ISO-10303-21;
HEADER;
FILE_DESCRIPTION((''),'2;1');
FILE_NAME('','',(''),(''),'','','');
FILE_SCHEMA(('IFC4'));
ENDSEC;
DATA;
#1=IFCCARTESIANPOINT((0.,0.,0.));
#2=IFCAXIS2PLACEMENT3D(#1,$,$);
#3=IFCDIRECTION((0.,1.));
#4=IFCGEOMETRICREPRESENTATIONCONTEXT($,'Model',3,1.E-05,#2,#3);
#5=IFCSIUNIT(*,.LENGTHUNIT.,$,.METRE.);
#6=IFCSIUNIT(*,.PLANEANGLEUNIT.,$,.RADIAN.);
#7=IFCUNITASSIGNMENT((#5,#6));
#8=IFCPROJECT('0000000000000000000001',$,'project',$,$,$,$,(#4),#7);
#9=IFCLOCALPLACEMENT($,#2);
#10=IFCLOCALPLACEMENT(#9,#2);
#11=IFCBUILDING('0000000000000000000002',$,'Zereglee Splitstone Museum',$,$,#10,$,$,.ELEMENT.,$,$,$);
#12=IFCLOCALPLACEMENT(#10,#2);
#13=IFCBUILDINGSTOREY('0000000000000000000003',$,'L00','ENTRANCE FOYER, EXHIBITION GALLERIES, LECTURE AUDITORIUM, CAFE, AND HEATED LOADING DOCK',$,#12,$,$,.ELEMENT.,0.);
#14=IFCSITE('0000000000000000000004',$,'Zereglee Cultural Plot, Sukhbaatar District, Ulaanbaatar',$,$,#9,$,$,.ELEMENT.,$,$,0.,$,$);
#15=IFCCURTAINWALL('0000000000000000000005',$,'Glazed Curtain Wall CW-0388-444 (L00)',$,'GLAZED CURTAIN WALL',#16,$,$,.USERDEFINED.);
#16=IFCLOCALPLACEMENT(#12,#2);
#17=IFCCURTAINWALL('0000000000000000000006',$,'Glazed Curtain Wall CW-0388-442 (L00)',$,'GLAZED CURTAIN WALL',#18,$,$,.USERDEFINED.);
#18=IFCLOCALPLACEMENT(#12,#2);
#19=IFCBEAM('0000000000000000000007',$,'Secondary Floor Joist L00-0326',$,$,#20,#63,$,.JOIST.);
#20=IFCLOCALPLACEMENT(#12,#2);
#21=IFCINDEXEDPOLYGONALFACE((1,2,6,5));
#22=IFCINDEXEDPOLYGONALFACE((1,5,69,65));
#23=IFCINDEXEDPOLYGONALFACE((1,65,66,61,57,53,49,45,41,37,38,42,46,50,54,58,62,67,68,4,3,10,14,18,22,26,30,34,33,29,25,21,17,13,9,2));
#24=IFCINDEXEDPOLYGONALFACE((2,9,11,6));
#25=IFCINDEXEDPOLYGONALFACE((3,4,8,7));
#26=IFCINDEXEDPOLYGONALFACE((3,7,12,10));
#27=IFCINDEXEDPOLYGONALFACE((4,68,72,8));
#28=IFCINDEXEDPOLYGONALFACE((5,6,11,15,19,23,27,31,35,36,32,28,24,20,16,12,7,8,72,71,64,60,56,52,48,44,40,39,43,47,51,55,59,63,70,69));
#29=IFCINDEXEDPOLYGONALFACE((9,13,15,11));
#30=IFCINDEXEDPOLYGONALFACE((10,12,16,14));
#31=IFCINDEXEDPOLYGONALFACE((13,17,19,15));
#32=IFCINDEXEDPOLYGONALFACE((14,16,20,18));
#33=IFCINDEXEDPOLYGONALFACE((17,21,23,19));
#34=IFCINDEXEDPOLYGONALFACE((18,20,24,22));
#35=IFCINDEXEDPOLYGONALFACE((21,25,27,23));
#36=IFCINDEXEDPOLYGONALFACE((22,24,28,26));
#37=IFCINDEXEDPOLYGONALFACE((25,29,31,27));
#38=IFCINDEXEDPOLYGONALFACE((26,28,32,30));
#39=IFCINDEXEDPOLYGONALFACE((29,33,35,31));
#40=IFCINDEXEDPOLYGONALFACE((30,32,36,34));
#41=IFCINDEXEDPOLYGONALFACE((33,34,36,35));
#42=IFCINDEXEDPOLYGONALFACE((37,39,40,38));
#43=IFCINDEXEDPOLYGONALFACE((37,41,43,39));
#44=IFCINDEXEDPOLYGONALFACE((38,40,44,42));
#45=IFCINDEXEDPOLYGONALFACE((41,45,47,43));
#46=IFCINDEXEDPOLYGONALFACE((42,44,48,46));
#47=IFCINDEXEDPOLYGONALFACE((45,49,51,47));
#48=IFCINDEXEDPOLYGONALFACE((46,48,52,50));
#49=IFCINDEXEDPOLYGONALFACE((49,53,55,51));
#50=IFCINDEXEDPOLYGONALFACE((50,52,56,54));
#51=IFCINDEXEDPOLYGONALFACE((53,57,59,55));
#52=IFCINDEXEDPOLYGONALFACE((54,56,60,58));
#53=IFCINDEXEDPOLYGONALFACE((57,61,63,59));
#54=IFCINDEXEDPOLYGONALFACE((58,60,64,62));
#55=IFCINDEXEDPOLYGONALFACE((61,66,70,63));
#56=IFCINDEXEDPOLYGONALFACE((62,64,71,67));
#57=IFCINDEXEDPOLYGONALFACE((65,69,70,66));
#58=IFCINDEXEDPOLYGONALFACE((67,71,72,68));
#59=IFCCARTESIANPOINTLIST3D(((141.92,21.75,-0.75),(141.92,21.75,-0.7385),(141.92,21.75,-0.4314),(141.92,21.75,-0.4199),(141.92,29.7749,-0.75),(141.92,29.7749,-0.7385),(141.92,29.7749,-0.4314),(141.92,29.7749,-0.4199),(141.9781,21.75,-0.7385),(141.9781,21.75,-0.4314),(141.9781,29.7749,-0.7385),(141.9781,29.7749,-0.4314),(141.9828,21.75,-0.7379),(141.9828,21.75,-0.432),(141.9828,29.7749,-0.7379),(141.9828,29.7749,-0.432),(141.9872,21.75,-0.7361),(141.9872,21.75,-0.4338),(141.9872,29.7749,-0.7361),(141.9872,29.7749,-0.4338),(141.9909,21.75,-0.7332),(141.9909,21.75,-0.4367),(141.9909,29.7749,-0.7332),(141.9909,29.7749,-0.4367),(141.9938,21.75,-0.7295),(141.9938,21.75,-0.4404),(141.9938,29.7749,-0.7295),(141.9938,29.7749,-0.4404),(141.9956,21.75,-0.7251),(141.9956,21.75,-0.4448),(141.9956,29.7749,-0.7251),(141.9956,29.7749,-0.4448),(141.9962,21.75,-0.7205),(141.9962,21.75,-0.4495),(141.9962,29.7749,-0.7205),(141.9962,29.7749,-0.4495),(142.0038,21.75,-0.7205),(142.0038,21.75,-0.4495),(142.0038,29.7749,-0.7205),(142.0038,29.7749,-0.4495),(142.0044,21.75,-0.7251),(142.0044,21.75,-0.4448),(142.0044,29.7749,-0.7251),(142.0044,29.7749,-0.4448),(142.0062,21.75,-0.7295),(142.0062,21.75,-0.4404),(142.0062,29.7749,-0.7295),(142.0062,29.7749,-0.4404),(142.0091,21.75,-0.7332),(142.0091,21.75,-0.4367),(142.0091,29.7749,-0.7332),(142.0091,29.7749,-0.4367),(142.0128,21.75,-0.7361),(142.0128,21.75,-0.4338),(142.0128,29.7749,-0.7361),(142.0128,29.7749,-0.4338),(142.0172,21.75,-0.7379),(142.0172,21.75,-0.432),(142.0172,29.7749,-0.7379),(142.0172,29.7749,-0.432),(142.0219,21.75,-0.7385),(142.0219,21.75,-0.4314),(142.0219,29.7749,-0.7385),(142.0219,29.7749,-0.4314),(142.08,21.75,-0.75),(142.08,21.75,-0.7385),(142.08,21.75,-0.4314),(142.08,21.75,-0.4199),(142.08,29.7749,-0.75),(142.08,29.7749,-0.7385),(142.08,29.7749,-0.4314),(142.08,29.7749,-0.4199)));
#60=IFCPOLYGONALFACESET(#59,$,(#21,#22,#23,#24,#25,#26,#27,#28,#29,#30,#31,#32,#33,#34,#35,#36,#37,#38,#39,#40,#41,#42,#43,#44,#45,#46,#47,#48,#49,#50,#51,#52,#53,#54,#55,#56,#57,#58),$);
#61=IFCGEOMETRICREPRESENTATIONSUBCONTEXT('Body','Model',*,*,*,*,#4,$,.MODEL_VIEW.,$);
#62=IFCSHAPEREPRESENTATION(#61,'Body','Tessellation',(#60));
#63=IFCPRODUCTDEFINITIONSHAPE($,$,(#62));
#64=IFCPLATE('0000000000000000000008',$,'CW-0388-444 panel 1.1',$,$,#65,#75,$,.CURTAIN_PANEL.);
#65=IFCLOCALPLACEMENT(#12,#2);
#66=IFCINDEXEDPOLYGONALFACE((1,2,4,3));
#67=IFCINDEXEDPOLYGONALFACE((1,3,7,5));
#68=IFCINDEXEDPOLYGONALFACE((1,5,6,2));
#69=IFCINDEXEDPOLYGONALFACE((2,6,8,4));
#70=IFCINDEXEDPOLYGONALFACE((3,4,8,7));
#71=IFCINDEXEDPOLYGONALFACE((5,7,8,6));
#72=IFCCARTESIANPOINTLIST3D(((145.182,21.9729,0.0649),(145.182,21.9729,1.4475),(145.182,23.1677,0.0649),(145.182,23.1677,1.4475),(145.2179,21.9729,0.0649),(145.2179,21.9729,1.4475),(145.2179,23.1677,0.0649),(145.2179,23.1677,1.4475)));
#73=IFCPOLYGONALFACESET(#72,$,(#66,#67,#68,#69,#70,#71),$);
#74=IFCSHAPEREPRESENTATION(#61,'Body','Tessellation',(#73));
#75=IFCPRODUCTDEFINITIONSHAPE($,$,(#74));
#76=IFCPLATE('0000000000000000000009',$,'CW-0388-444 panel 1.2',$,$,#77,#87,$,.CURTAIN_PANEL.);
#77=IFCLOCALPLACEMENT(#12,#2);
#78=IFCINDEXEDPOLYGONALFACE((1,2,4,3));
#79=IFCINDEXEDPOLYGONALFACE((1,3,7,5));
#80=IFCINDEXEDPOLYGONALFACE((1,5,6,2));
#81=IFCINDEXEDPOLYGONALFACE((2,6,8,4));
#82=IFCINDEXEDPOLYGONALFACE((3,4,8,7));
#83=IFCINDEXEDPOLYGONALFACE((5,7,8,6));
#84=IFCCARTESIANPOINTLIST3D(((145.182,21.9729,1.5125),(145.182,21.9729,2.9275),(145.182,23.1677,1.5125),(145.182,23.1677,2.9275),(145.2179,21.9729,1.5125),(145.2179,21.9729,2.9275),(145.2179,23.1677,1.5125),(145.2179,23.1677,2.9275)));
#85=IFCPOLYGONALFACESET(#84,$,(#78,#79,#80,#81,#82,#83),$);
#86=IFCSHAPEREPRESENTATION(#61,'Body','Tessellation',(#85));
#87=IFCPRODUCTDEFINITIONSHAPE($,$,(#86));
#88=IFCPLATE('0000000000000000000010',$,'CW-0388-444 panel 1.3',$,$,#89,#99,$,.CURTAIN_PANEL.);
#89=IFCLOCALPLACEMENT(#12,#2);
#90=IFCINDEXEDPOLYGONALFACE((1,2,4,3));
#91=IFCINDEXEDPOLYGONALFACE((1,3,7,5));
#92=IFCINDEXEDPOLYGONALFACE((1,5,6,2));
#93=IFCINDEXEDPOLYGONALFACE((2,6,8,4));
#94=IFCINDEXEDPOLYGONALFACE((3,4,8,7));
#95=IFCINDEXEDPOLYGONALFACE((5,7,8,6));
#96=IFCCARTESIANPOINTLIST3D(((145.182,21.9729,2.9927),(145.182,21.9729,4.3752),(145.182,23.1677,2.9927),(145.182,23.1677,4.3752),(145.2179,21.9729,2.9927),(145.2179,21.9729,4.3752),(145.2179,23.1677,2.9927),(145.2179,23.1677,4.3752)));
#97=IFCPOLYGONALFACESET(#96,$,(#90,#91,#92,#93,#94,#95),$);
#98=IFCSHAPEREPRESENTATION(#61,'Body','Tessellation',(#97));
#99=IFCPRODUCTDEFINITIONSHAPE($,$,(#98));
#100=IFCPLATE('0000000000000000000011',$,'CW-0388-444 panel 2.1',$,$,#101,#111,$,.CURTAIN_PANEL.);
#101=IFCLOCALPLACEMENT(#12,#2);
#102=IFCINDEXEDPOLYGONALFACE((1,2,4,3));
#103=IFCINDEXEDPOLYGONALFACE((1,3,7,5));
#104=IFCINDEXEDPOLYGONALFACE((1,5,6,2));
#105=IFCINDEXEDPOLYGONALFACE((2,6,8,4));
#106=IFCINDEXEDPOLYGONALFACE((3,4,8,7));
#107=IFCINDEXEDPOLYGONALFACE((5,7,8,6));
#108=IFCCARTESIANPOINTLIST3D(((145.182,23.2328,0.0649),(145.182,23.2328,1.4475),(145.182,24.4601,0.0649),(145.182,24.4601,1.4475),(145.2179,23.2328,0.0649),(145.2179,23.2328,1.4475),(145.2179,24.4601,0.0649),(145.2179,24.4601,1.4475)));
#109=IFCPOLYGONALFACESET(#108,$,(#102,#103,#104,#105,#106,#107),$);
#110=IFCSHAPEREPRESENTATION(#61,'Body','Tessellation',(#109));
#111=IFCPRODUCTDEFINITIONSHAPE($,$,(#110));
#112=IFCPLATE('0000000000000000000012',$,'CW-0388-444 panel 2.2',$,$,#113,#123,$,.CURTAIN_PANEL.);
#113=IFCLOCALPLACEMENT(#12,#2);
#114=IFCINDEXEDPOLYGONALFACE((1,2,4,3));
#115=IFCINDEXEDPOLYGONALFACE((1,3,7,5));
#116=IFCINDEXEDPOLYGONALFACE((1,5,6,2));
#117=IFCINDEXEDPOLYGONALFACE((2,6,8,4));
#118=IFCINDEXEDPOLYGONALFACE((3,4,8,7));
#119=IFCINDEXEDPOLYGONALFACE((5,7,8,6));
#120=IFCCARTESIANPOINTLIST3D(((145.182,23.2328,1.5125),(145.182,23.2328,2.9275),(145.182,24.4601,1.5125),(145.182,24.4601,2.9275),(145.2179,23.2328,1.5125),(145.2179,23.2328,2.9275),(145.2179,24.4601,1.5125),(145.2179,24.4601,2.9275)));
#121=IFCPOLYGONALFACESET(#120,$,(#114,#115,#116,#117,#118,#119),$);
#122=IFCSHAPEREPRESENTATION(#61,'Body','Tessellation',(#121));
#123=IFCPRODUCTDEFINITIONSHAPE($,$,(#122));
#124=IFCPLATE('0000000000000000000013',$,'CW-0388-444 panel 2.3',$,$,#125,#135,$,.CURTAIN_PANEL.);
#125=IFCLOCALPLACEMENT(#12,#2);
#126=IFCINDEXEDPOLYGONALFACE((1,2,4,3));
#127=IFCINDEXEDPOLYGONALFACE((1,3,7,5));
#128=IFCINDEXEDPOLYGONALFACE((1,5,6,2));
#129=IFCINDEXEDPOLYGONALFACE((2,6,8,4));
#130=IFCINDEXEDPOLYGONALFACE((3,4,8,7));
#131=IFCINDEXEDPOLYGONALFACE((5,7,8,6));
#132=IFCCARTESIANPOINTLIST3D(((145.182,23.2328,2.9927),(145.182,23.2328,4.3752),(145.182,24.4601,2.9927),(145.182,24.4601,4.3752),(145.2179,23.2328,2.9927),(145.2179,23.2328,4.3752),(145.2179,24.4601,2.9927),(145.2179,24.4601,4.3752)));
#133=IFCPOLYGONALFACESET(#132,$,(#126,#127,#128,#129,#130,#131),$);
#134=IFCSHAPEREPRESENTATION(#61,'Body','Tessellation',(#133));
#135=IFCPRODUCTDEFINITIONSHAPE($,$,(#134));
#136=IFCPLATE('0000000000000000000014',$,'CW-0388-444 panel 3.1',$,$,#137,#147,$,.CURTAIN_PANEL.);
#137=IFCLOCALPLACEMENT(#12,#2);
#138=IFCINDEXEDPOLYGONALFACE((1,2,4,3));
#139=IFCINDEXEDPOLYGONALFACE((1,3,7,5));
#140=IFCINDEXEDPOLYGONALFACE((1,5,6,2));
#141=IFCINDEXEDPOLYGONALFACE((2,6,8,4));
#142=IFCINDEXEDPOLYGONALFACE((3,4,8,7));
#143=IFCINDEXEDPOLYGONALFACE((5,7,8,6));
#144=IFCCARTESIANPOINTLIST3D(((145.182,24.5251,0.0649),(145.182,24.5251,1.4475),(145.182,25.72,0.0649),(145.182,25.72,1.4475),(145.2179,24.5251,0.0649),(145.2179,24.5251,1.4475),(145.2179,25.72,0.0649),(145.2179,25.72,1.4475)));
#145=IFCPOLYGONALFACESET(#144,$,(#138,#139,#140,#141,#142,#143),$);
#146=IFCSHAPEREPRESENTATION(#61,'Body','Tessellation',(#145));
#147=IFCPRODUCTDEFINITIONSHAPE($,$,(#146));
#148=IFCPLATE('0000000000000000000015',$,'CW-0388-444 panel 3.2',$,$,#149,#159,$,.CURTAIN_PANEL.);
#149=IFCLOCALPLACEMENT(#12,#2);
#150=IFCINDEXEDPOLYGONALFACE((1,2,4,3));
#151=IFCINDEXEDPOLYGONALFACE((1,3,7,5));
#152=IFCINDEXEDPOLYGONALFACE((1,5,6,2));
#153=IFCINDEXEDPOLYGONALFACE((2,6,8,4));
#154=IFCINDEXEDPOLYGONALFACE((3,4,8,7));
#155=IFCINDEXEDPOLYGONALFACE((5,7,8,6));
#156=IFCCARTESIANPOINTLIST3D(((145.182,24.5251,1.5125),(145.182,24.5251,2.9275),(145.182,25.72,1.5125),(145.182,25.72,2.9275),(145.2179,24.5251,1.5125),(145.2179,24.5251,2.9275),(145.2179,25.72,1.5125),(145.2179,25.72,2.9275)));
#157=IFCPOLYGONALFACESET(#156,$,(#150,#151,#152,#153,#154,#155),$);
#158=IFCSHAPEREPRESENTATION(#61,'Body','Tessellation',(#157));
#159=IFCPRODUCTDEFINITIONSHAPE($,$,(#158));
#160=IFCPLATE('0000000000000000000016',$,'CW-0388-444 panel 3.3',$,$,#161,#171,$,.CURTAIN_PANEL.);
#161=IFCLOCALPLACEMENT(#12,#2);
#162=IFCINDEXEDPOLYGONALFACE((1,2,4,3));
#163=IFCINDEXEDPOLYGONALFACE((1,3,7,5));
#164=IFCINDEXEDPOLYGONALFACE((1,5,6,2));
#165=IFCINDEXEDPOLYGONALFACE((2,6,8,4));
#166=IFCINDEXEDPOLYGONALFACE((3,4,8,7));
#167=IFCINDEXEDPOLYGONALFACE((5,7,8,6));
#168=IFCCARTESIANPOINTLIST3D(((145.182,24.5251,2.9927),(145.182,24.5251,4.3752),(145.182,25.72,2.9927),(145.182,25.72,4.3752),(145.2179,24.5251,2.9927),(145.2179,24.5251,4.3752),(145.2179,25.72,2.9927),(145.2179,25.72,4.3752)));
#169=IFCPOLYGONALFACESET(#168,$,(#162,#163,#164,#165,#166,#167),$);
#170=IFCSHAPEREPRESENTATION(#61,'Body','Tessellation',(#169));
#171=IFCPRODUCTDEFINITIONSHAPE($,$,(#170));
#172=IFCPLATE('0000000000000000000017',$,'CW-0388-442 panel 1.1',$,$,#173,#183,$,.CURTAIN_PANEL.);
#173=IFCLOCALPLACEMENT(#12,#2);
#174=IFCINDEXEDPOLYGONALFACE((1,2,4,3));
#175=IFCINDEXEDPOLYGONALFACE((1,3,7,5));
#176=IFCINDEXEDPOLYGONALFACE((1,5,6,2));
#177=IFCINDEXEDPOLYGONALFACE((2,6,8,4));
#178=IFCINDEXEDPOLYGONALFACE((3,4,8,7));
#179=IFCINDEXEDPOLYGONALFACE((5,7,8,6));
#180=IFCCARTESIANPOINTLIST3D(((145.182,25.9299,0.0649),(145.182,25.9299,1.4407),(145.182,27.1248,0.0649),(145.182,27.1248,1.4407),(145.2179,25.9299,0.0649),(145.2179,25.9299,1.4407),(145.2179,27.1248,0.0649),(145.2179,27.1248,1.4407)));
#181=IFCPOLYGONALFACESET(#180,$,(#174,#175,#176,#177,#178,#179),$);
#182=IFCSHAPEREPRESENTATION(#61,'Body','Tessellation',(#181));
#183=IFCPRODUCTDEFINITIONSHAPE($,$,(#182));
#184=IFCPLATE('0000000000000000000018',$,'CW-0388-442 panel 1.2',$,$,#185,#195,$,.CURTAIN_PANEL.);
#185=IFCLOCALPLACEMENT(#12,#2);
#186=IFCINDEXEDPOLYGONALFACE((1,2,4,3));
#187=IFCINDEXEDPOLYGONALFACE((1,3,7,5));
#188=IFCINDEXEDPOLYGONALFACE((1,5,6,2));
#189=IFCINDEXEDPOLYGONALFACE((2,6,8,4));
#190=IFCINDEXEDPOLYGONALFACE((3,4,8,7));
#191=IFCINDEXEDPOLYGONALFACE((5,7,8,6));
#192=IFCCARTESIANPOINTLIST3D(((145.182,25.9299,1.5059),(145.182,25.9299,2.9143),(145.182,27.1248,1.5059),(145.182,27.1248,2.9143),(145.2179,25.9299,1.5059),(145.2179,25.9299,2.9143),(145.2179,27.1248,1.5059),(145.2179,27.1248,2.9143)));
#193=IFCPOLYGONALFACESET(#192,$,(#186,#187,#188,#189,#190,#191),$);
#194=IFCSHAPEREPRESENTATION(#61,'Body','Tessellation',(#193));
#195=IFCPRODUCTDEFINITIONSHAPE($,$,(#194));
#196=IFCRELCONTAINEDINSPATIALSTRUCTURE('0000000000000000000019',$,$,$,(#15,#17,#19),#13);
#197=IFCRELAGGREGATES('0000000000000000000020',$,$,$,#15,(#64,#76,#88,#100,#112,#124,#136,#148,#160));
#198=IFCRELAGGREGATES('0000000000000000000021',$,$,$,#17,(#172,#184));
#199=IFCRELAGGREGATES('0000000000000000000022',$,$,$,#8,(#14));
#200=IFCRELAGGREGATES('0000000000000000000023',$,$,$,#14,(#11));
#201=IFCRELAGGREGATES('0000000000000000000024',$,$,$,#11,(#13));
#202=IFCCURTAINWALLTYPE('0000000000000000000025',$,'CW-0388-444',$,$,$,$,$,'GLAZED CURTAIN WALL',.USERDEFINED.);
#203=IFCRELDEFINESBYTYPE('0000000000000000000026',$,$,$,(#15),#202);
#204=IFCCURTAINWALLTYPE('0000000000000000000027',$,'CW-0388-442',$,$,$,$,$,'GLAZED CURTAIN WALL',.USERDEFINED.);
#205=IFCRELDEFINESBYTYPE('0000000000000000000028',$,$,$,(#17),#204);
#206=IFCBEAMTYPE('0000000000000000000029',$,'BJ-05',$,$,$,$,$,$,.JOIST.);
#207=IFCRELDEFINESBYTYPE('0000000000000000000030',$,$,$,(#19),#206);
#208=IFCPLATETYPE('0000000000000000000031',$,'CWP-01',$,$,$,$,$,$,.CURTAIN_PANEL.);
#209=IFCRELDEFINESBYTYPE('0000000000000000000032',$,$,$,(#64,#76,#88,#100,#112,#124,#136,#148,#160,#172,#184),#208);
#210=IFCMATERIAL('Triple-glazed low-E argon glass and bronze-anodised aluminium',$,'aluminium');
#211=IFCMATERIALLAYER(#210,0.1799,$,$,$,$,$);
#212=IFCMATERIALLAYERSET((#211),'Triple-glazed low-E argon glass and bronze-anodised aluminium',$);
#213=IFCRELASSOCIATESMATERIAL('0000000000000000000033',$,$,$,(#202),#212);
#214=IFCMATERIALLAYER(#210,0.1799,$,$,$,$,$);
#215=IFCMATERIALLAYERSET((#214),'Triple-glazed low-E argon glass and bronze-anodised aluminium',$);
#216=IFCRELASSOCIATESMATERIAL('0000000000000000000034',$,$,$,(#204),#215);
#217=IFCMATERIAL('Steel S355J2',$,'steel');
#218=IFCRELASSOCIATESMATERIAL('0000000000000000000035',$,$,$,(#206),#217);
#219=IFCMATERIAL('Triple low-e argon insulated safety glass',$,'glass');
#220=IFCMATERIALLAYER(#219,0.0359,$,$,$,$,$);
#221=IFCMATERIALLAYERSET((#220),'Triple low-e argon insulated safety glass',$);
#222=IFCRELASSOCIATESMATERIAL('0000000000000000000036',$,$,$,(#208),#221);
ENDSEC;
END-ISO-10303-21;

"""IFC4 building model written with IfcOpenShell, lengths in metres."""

from ifc_helpers import new_model, si_unit, direction, frame, origin, origin_2d, place, context, subcontext, project, spatial, rectangle, i_section, extrude, material, layer, layer_set, material_profile, profile_set, type_object, element, aggregate, save


model = new_model("IFC4")

# Units and contexts
model_context = context("Model", 3, precision=1e-05, world=origin(), true_north=direction((0.0, 1.0)))
body_context = subcontext(model_context, "Body", "Model", "MODEL_VIEW")
ifc_project = project(units=[si_unit("LENGTHUNIT", "METRE"), si_unit("PLANEANGLEUNIT", "RADIAN")], contexts=[model_context])

# Site, building, storey
site_placement = place(None, origin())
site = spatial("IfcSite", under=ifc_project, at=site_placement, Name="Zereglee Cultural Plot, Sukhbaatar District, Ulaanbaatar", CompositionType="ELEMENT", RefElevation=0.0)
building_placement = place(site_placement, origin())
building = spatial("IfcBuilding", under=site, at=building_placement, Name="Zereglee Splitstone Museum", CompositionType="ELEMENT")
storey_placement = place(building_placement, origin())
storey = spatial("IfcBuildingStorey", under=building, at=storey_placement, Name="L00", Description="ENTRANCE FOYER, EXHIBITION GALLERIES, LECTURE AUDITORIUM, CAFE, AND HEATED LOADING DOCK", CompositionType="ELEMENT", Elevation=0.0)

# Curtain walls
ifc_material_1 = material(Name="Triple-glazed low-E argon glass and bronze-anodised aluminium", Category="aluminium")
ifc_layer_1 = layer(ifc_material_1, 0.1799)
ifc_layer_set_1 = layer_set([ifc_layer_1], Name="Triple-glazed low-E argon glass and bronze-anodised aluminium")
curtain_wall_type_1 = type_object("IfcCurtainWallType", Name="CW-0388-444", ElementType="GLAZED CURTAIN WALL", PredefinedType="USERDEFINED", material=ifc_layer_set_1)
curtain_wall_1_placement = place(storey_placement, origin())
curtain_wall_1 = element("IfcCurtainWall", 1, at=curtain_wall_1_placement, inside=storey, type_object=curtain_wall_type_1, Name="Glazed Curtain Wall CW-0388-444 (L00)", ObjectType="GLAZED CURTAIN WALL", PredefinedType="USERDEFINED")
ifc_layer_2 = layer(ifc_material_1, 0.1799)
ifc_layer_set_2 = layer_set([ifc_layer_2], Name="Triple-glazed low-E argon glass and bronze-anodised aluminium")
curtain_wall_type_2 = type_object("IfcCurtainWallType", Name="CW-0388-442", ElementType="GLAZED CURTAIN WALL", PredefinedType="USERDEFINED", material=ifc_layer_set_2)
curtain_wall_2_placement = place(storey_placement, origin())
curtain_wall_2 = element("IfcCurtainWall", 2, at=curtain_wall_2_placement, inside=storey, type_object=curtain_wall_type_2, Name="Glazed Curtain Wall CW-0388-442 (L00)", ObjectType="GLAZED CURTAIN WALL", PredefinedType="USERDEFINED")

# Beam
ifc_material_2 = material(Name="Steel S355J2", Category="steel")
ifc_material_profile_1 = material_profile(ifc_material_2, i_section(OverallWidth=0.1599, OverallDepth=0.3301, WebThickness=0.0076, FlangeThickness=0.0115, FilletRadius=0.0181, at=origin_2d()), Name="IPE 330")
ifc_profile_set_1 = profile_set([ifc_material_profile_1], Name="Steel S355J2")
beam_type_1 = type_object("IfcBeamType", Name="BJ-05", PredefinedType="JOIST", material=ifc_profile_set_1)
beam_1_placement = place(storey_placement, frame((142.0, 21.75, -0.585), z_axis=(0.0, 1.0, 0.0), x_axis=(-1.0, 0.0, 0.0)))
element("IfcBeam", 3, at=beam_1_placement, inside=storey, type_object=beam_type_1, Name="Secondary Floor Joist L00-0326", PredefinedType="JOIST", context=body_context, shape_type="SweptSolid", body=[
    extrude(i_section(OverallWidth=0.1599, OverallDepth=0.3301, WebThickness=0.0076, FlangeThickness=0.0115, FilletRadius=0.0181, at=origin_2d()), origin(), (0.0, 0.0, 1.0), 8.0249),
])

# Plates
ifc_material_3 = material(Name="Triple low-e argon insulated safety glass", Category="glass")
ifc_layer_3 = layer(ifc_material_3, 0.0359)
ifc_layer_set_3 = layer_set([ifc_layer_3], Name="Triple low-e argon insulated safety glass")
plate_type = type_object("IfcPlateType", Name="CWP-01", PredefinedType="CURTAIN_PANEL", material=ifc_layer_set_3)
plate_1_placement = place(storey_placement, frame((145.2, 22.5703, 0.0649), z_axis=(0.0, 0.0, 1.0), x_axis=(0.0, 1.0, 0.0)))
plate_1 = element("IfcPlate", 4, at=plate_1_placement, type_object=plate_type, Name="CW-0388-444 panel 1.1", PredefinedType="CURTAIN_PANEL", context=body_context, shape_type="SweptSolid", body=[
    extrude(rectangle(XDim=1.1948, YDim=0.0359, at=origin_2d()), origin(), (0.0, 0.0, 1.0), 1.3826),
])
plate_2_placement = place(storey_placement, frame((145.2, 22.5703, 1.5125), z_axis=(0.0, 0.0, 1.0), x_axis=(0.0, 1.0, 0.0)))
plate_2 = element("IfcPlate", 5, at=plate_2_placement, type_object=plate_type, Name="CW-0388-444 panel 1.2", PredefinedType="CURTAIN_PANEL", context=body_context, shape_type="SweptSolid", body=[
    extrude(rectangle(XDim=1.1948, YDim=0.0359, at=origin_2d()), origin(), (0.0, 0.0, 1.0), 1.415),
])
plate_3_placement = place(storey_placement, frame((145.2, 22.5703, 2.9927), z_axis=(0.0, 0.0, 1.0), x_axis=(0.0, 1.0, 0.0)))
plate_3 = element("IfcPlate", 6, at=plate_3_placement, type_object=plate_type, Name="CW-0388-444 panel 1.3", PredefinedType="CURTAIN_PANEL", context=body_context, shape_type="SweptSolid", body=[
    extrude(rectangle(XDim=1.1948, YDim=0.0359, at=origin_2d()), origin(), (0.0, 0.0, 1.0), 1.3826),
])
plate_4_placement = place(storey_placement, frame((145.2, 23.8464, 0.0649), z_axis=(0.0, 0.0, 1.0), x_axis=(0.0, 1.0, 0.0)))
plate_4 = element("IfcPlate", 7, at=plate_4_placement, type_object=plate_type, Name="CW-0388-444 panel 2.1", PredefinedType="CURTAIN_PANEL", context=body_context, shape_type="SweptSolid", body=[
    extrude(rectangle(XDim=1.2273, YDim=0.0359, at=origin_2d()), origin(), (0.0, 0.0, 1.0), 1.3826),
])
plate_5_placement = place(storey_placement, frame((145.2, 23.8464, 1.5125), z_axis=(0.0, 0.0, 1.0), x_axis=(0.0, 1.0, 0.0)))
plate_5 = element("IfcPlate", 8, at=plate_5_placement, type_object=plate_type, Name="CW-0388-444 panel 2.2", PredefinedType="CURTAIN_PANEL", context=body_context, shape_type="SweptSolid", body=[
    extrude(rectangle(XDim=1.2273, YDim=0.0359, at=origin_2d()), origin(), (0.0, 0.0, 1.0), 1.415),
])
plate_6_placement = place(storey_placement, frame((145.2, 23.8464, 2.9927), z_axis=(0.0, 0.0, 1.0), x_axis=(0.0, 1.0, 0.0)))
plate_6 = element("IfcPlate", 9, at=plate_6_placement, type_object=plate_type, Name="CW-0388-444 panel 2.3", PredefinedType="CURTAIN_PANEL", context=body_context, shape_type="SweptSolid", body=[
    extrude(rectangle(XDim=1.2273, YDim=0.0359, at=origin_2d()), origin(), (0.0, 0.0, 1.0), 1.3826),
])
plate_7_placement = place(storey_placement, frame((145.2, 25.1226, 0.0649), z_axis=(0.0, 0.0, 1.0), x_axis=(0.0, 1.0, 0.0)))
plate_7 = element("IfcPlate", 10, at=plate_7_placement, type_object=plate_type, Name="CW-0388-444 panel 3.1", PredefinedType="CURTAIN_PANEL", context=body_context, shape_type="SweptSolid", body=[
    extrude(rectangle(XDim=1.1948, YDim=0.0359, at=origin_2d()), origin(), (0.0, 0.0, 1.0), 1.3826),
])
plate_8_placement = place(storey_placement, frame((145.2, 25.1226, 1.5125), z_axis=(0.0, 0.0, 1.0), x_axis=(0.0, 1.0, 0.0)))
plate_8 = element("IfcPlate", 11, at=plate_8_placement, type_object=plate_type, Name="CW-0388-444 panel 3.2", PredefinedType="CURTAIN_PANEL", context=body_context, shape_type="SweptSolid", body=[
    extrude(rectangle(XDim=1.1948, YDim=0.0359, at=origin_2d()), origin(), (0.0, 0.0, 1.0), 1.415),
])
plate_9_placement = place(storey_placement, frame((145.2, 25.1226, 2.9927), z_axis=(0.0, 0.0, 1.0), x_axis=(0.0, 1.0, 0.0)))
plate_9 = element("IfcPlate", 12, at=plate_9_placement, type_object=plate_type, Name="CW-0388-444 panel 3.3", PredefinedType="CURTAIN_PANEL", context=body_context, shape_type="SweptSolid", body=[
    extrude(rectangle(XDim=1.1948, YDim=0.0359, at=origin_2d()), origin(), (0.0, 0.0, 1.0), 1.3826),
])
aggregate(curtain_wall_1, [plate_1, plate_2, plate_3, plate_4, plate_5, plate_6, plate_7, plate_8, plate_9])
plate_10_placement = place(storey_placement, frame((145.2, 26.5273, 0.0649), z_axis=(0.0, 0.0, 1.0), x_axis=(0.0, 1.0, 0.0)))
plate_10 = element("IfcPlate", 13, at=plate_10_placement, type_object=plate_type, Name="CW-0388-442 panel 1.1", PredefinedType="CURTAIN_PANEL", context=body_context, shape_type="SweptSolid", body=[
    extrude(rectangle(XDim=1.1948, YDim=0.0359, at=origin_2d()), origin(), (0.0, 0.0, 1.0), 1.3757),
])
plate_11_placement = place(storey_placement, frame((145.2, 26.5273, 1.5059), z_axis=(0.0, 0.0, 1.0), x_axis=(0.0, 1.0, 0.0)))
plate_11 = element("IfcPlate", 14, at=plate_11_placement, type_object=plate_type, Name="CW-0388-442 panel 1.2", PredefinedType="CURTAIN_PANEL", context=body_context, shape_type="SweptSolid", body=[
    extrude(rectangle(XDim=1.1948, YDim=0.0359, at=origin_2d()), origin(), (0.0, 0.0, 1.0), 1.4084),
])
aggregate(curtain_wall_2, [plate_10, plate_11])

save(model, "model.ifc")
